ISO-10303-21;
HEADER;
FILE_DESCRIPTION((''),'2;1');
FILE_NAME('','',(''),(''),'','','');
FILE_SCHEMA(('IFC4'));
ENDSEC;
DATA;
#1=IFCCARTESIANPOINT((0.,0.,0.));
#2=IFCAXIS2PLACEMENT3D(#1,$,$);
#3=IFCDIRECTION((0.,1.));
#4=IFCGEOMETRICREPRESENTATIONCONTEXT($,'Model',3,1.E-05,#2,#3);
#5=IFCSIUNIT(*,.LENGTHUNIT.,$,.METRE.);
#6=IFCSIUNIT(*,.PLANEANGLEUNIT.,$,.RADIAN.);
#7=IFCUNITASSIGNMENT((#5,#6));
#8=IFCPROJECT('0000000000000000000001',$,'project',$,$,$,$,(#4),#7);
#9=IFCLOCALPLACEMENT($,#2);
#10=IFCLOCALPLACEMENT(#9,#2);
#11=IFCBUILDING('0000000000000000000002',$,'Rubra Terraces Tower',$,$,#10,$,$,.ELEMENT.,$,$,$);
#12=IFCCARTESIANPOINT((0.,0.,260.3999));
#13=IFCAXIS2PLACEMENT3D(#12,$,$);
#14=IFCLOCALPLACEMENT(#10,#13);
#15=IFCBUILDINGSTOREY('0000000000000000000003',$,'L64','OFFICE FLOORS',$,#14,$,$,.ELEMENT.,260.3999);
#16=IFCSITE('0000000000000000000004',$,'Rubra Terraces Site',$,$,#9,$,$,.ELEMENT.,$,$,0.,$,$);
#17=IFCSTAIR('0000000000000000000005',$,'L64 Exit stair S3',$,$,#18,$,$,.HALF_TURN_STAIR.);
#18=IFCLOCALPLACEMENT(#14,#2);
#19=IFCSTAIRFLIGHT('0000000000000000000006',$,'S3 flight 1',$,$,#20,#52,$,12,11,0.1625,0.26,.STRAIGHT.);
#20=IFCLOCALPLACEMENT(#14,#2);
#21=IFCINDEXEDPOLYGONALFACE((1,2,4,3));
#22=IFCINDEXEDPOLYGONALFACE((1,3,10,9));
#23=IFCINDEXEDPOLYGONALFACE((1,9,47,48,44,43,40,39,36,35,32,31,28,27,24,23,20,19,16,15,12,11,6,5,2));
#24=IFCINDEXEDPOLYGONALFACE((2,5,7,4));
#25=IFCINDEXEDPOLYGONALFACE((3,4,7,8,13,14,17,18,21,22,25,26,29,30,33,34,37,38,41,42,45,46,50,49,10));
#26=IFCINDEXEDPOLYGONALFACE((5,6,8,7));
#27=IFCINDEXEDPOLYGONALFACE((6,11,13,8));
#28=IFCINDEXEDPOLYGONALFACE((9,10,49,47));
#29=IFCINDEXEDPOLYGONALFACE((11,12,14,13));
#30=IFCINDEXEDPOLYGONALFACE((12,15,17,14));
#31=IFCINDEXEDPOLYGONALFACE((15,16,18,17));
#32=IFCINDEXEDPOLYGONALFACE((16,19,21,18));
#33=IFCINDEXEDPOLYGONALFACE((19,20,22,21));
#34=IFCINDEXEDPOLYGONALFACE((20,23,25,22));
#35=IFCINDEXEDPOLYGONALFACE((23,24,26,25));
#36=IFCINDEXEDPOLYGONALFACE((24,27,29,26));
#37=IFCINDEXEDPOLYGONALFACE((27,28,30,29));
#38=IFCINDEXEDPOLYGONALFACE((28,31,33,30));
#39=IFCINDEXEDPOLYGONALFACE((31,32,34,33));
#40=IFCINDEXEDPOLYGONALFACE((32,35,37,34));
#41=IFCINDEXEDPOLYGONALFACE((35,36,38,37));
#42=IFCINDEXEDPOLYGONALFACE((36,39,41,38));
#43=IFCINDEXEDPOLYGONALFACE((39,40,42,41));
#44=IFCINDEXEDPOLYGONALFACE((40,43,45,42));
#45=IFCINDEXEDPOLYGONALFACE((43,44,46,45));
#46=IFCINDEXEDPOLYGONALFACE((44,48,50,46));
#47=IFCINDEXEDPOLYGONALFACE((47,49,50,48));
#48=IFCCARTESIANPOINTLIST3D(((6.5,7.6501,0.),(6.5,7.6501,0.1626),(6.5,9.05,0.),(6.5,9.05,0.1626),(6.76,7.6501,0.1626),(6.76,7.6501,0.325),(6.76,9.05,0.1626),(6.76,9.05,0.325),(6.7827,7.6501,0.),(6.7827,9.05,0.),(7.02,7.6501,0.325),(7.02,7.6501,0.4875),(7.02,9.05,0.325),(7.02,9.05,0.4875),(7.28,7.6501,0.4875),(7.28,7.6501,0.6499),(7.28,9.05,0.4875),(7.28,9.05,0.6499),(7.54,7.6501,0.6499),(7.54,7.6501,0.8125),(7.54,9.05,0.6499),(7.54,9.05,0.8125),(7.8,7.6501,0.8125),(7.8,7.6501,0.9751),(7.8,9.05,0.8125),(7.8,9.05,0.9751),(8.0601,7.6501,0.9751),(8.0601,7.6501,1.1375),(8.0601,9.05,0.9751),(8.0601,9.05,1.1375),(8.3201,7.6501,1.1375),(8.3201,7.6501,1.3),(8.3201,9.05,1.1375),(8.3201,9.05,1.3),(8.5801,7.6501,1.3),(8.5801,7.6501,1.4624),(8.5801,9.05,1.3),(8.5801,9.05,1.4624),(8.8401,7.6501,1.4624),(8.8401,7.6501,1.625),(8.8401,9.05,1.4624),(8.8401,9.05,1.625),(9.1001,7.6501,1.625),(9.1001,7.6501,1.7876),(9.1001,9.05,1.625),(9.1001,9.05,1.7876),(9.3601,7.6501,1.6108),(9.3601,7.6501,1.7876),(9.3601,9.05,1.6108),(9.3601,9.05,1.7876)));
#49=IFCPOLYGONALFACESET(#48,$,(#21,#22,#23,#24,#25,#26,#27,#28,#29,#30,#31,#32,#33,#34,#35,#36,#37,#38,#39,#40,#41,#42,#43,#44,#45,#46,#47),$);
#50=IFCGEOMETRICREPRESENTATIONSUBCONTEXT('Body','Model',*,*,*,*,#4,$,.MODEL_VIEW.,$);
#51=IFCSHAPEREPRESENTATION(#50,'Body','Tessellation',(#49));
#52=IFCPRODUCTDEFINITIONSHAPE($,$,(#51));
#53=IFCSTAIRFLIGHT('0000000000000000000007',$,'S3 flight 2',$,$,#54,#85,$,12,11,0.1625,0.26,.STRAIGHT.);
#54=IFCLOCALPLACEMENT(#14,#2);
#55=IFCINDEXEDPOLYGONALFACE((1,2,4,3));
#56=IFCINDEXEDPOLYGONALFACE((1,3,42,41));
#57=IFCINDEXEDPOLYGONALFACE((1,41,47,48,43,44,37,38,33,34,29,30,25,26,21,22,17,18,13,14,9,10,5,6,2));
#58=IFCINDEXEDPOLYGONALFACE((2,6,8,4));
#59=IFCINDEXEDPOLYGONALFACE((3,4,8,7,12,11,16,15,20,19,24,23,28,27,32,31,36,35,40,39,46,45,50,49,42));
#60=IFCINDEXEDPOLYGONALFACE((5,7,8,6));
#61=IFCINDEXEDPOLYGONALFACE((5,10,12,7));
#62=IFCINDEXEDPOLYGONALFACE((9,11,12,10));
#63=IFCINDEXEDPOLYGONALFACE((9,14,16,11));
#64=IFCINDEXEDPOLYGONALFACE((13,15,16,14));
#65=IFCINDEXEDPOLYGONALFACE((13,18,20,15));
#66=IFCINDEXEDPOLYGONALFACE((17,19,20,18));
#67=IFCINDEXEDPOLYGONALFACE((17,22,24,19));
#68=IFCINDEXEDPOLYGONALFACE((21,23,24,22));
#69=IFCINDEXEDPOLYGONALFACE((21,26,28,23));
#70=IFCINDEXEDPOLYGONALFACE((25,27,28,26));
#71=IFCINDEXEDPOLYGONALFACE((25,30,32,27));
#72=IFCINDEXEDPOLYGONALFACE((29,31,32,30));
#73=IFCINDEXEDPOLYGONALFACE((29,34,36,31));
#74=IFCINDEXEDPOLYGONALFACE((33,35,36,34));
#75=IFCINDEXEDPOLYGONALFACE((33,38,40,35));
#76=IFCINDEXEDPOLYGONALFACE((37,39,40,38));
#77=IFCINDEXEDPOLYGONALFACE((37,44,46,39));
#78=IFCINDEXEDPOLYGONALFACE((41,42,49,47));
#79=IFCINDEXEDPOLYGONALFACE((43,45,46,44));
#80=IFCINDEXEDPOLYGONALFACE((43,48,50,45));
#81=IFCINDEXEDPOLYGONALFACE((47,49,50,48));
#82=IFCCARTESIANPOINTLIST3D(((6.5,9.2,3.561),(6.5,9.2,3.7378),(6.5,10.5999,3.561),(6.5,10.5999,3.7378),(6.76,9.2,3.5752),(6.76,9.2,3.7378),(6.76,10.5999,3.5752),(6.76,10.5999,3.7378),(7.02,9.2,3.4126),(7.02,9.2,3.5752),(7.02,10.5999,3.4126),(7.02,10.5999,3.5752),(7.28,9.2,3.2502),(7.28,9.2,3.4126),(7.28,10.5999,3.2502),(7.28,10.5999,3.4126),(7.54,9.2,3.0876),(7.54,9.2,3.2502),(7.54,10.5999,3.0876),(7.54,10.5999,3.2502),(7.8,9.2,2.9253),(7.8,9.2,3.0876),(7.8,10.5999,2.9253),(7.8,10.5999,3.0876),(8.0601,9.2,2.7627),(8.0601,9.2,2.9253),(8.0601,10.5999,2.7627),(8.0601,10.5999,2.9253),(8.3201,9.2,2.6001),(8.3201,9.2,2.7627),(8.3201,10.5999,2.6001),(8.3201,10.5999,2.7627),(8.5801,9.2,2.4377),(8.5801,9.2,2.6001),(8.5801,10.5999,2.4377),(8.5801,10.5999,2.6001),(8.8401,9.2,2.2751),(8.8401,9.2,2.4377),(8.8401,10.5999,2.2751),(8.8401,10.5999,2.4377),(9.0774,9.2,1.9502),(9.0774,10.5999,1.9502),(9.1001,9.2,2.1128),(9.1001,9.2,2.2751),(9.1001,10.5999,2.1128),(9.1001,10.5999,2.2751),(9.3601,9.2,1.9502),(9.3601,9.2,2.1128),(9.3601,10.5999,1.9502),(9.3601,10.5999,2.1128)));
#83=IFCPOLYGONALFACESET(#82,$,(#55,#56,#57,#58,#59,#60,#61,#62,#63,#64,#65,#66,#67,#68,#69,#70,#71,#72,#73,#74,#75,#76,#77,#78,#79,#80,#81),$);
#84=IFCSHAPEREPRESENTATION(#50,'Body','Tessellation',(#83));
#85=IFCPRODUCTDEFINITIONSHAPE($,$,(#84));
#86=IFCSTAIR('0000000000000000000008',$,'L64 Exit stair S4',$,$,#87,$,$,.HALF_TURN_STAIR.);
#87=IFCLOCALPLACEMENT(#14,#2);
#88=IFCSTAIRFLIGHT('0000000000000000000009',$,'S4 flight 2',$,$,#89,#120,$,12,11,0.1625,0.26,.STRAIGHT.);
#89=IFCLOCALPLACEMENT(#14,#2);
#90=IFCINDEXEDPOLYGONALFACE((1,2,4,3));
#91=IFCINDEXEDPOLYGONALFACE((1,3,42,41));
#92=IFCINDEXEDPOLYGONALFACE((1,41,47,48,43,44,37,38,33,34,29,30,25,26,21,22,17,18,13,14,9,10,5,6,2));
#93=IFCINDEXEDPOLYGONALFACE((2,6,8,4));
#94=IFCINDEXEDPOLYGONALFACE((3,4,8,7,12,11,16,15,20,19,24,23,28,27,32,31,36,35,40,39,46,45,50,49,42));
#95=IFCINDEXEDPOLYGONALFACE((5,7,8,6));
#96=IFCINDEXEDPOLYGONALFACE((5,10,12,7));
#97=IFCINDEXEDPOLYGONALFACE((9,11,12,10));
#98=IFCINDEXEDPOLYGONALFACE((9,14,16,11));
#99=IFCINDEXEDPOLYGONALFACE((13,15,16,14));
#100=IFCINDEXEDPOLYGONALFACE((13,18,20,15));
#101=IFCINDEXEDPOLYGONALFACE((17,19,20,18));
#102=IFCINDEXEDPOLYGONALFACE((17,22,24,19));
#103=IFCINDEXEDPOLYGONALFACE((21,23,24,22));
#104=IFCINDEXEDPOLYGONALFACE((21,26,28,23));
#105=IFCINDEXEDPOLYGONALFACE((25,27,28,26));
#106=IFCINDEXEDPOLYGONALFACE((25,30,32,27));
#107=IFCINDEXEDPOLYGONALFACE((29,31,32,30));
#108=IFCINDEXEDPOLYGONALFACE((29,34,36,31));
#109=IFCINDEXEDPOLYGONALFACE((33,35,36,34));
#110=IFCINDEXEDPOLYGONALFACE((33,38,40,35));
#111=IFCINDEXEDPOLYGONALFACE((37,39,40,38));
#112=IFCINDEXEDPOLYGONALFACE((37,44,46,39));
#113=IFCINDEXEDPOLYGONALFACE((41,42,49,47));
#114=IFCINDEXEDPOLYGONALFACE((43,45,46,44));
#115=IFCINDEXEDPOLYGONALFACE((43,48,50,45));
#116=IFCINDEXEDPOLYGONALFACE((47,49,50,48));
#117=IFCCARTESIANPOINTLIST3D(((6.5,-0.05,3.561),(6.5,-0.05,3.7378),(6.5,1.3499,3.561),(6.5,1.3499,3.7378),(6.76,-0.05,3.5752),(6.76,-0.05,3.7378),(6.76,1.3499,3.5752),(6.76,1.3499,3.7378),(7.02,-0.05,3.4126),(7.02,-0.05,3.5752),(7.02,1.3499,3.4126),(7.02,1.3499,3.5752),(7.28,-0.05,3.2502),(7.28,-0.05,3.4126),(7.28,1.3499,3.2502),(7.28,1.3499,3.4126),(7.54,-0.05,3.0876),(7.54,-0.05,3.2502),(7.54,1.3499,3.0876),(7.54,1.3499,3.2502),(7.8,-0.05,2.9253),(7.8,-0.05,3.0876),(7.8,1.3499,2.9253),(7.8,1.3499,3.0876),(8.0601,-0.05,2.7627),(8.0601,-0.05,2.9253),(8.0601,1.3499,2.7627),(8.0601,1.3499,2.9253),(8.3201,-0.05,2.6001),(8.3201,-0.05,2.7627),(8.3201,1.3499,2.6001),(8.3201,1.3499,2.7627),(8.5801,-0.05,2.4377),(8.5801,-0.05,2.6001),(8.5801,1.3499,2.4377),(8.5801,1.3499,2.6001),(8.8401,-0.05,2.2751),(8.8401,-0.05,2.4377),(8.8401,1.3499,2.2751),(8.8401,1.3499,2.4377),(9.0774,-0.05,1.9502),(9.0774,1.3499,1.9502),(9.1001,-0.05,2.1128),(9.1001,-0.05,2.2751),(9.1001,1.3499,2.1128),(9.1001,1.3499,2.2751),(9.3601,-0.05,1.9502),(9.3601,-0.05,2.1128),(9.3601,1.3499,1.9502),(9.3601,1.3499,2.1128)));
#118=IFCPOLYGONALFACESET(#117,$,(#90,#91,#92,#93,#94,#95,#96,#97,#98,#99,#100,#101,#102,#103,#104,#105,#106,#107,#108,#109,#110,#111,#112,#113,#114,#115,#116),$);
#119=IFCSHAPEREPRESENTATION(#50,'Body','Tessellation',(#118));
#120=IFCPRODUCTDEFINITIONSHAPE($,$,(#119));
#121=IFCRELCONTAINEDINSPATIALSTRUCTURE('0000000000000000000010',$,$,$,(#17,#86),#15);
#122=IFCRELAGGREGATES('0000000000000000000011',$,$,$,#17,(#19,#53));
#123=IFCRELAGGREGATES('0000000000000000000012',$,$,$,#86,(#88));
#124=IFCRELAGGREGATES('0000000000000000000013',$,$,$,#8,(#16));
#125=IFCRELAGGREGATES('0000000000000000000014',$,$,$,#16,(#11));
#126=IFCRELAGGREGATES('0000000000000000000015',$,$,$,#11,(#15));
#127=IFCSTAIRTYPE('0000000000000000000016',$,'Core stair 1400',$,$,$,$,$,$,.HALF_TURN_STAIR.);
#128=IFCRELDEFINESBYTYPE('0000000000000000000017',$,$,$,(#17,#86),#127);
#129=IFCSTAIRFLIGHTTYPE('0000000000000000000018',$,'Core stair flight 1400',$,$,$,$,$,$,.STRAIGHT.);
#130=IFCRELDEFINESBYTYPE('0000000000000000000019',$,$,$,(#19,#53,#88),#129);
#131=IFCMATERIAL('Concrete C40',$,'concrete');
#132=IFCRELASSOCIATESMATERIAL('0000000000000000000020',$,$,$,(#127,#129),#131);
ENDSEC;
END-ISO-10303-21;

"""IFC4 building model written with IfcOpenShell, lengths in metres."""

from ifc_helpers import new_model, si_unit, direction, frame, origin, place, context, subcontext, project, spatial, polyline, outline, extrude, material, type_object, element, aggregate, save


model = new_model("IFC4")

# Units and contexts
model_context = context("Model", 3, precision=1e-05, world=origin(), true_north=direction((0.0, 1.0)))
body_context = subcontext(model_context, "Body", "Model", "MODEL_VIEW")
ifc_project = project(units=[si_unit("LENGTHUNIT", "METRE"), si_unit("PLANEANGLEUNIT", "RADIAN")], contexts=[model_context])

# Site, building, storey
site_placement = place(None, origin())
site = spatial("IfcSite", under=ifc_project, at=site_placement, Name="Rubra Terraces Site", CompositionType="ELEMENT", RefElevation=0.0)
building_placement = place(site_placement, origin())
building = spatial("IfcBuilding", under=site, at=building_placement, Name="Rubra Terraces Tower", CompositionType="ELEMENT")
storey_placement = place(building_placement, frame((0.0, 0.0, 260.3999)))
storey = spatial("IfcBuildingStorey", under=building, at=storey_placement, Name="L64", Description="OFFICE FLOORS", CompositionType="ELEMENT", Elevation=260.3999)

# Shared definitions
ifc_material_1 = material(Name="Concrete C40", Category="concrete")

# Stair, stair flights
stair_type = type_object("IfcStairType", Name="Core stair 1400", PredefinedType="HALF_TURN_STAIR", material=ifc_material_1)
stair_1_placement = place(storey_placement, origin())
stair_1 = element("IfcStair", 1, at=stair_1_placement, inside=storey, type_object=stair_type, Name="L64 Exit stair S3", PredefinedType="HALF_TURN_STAIR")
stair_flight_type = type_object("IfcStairFlightType", Name="Core stair flight 1400", PredefinedType="STRAIGHT", material=ifc_material_1)
stair_flight_1_placement = place(storey_placement, frame((6.5, 8.3501, 0.0), z_axis=(0.0, 0.0, 1.0), x_axis=(1.0, 0.0, 0.0)))
stair_flight_1 = element("IfcStairFlight", 2, at=stair_flight_1_placement, type_object=stair_flight_type, Name="S3 flight 1", NumberOfRisers=12, NumberOfTreads=11, PredefinedType="STRAIGHT", RiserHeight=0.1625, TreadLength=0.26, context=body_context, shape_type="SweptSolid", body=[
    extrude(outline(polyline([(0.0, 0.0), (0.0, 0.1626), (0.26, 0.1626), (0.26, 0.325), (0.52, 0.325), (0.52, 0.4875), (0.78, 0.4875), (0.78, 0.6499), (1.04, 0.6499), (1.04, 0.8125), (1.3, 0.8125), (1.3, 0.9751), (1.5601, 0.9751), (1.5601, 1.1375), (1.8201, 1.1375), (1.8201, 1.3), (2.0801, 1.3), (2.0801, 1.4624), (2.3401, 1.4624), (2.3401, 1.625), (2.6001, 1.625), (2.6001, 1.7876), (2.8601, 1.7876), (2.8601, 1.95), (2.8601, 1.6108), (0.2827, 0.0), (0.0, 0.0)])), frame((0.0, 0.7, 0.0), z_axis=(0.0, -1.0, 0.0), x_axis=(1.0, 0.0, 0.0)), (0.0, 0.0, 1.0), 1.3999),
])
stair_flight_2_placement = place(storey_placement, frame((9.3601, 9.8999, 1.9502), z_axis=(0.0, 0.0, 1.0), x_axis=(-1.0, 0.0, 0.0)))
stair_flight_2 = element("IfcStairFlight", 3, at=stair_flight_2_placement, type_object=stair_flight_type, Name="S3 flight 2", NumberOfRisers=12, NumberOfTreads=11, PredefinedType="STRAIGHT", RiserHeight=0.1625, TreadLength=0.26, context=body_context, shape_type="SweptSolid", body=[
    extrude(outline(polyline([(0.0, 0.0), (0.0, 0.1626), (0.26, 0.1626), (0.26, 0.325), (0.52, 0.325), (0.52, 0.4875), (0.78, 0.4875), (0.78, 0.6499), (1.04, 0.6499), (1.04, 0.8125), (1.3, 0.8125), (1.3, 0.9751), (1.5601, 0.9751), (1.5601, 1.1375), (1.8201, 1.1375), (1.8201, 1.3), (2.0801, 1.3), (2.0801, 1.4624), (2.3401, 1.4624), (2.3401, 1.625), (2.6001, 1.625), (2.6001, 1.7876), (2.8601, 1.7876), (2.8601, 1.95), (2.8601, 1.6108), (0.2827, 0.0), (0.0, 0.0)])), frame((0.0, 0.7, 0.0), z_axis=(0.0, -1.0, 0.0), x_axis=(1.0, 0.0, 0.0)), (0.0, 0.0, 1.0), 1.3999),
])
aggregate(stair_1, [stair_flight_1, stair_flight_2])

# Stair, stair flight
stair_2_placement = place(storey_placement, origin())
stair_2 = element("IfcStair", 4, at=stair_2_placement, inside=storey, type_object=stair_type, Name="L64 Exit stair S4", PredefinedType="HALF_TURN_STAIR")
stair_flight_3_placement = place(storey_placement, frame((9.3601, 0.6499, 1.9502), z_axis=(0.0, 0.0, 1.0), x_axis=(-1.0, 0.0, 0.0)))
stair_flight_3 = element("IfcStairFlight", 5, at=stair_flight_3_placement, type_object=stair_flight_type, Name="S4 flight 2", NumberOfRisers=12, NumberOfTreads=11, PredefinedType="STRAIGHT", RiserHeight=0.1625, TreadLength=0.26, context=body_context, shape_type="SweptSolid", body=[
    extrude(outline(polyline([(0.0, 0.0), (0.0, 0.1626), (0.26, 0.1626), (0.26, 0.325), (0.52, 0.325), (0.52, 0.4875), (0.78, 0.4875), (0.78, 0.6499), (1.04, 0.6499), (1.04, 0.8125), (1.3, 0.8125), (1.3, 0.9751), (1.5601, 0.9751), (1.5601, 1.1375), (1.8201, 1.1375), (1.8201, 1.3), (2.0801, 1.3), (2.0801, 1.4624), (2.3401, 1.4624), (2.3401, 1.625), (2.6001, 1.625), (2.6001, 1.7876), (2.8601, 1.7876), (2.8601, 1.95), (2.8601, 1.6108), (0.2827, 0.0), (0.0, 0.0)])), frame((0.0, 0.7, 0.0), z_axis=(0.0, -1.0, 0.0), x_axis=(1.0, 0.0, 0.0)), (0.0, 0.0, 1.0), 1.3999),
])
aggregate(stair_2, [stair_flight_3])

save(model, "model.ifc")
